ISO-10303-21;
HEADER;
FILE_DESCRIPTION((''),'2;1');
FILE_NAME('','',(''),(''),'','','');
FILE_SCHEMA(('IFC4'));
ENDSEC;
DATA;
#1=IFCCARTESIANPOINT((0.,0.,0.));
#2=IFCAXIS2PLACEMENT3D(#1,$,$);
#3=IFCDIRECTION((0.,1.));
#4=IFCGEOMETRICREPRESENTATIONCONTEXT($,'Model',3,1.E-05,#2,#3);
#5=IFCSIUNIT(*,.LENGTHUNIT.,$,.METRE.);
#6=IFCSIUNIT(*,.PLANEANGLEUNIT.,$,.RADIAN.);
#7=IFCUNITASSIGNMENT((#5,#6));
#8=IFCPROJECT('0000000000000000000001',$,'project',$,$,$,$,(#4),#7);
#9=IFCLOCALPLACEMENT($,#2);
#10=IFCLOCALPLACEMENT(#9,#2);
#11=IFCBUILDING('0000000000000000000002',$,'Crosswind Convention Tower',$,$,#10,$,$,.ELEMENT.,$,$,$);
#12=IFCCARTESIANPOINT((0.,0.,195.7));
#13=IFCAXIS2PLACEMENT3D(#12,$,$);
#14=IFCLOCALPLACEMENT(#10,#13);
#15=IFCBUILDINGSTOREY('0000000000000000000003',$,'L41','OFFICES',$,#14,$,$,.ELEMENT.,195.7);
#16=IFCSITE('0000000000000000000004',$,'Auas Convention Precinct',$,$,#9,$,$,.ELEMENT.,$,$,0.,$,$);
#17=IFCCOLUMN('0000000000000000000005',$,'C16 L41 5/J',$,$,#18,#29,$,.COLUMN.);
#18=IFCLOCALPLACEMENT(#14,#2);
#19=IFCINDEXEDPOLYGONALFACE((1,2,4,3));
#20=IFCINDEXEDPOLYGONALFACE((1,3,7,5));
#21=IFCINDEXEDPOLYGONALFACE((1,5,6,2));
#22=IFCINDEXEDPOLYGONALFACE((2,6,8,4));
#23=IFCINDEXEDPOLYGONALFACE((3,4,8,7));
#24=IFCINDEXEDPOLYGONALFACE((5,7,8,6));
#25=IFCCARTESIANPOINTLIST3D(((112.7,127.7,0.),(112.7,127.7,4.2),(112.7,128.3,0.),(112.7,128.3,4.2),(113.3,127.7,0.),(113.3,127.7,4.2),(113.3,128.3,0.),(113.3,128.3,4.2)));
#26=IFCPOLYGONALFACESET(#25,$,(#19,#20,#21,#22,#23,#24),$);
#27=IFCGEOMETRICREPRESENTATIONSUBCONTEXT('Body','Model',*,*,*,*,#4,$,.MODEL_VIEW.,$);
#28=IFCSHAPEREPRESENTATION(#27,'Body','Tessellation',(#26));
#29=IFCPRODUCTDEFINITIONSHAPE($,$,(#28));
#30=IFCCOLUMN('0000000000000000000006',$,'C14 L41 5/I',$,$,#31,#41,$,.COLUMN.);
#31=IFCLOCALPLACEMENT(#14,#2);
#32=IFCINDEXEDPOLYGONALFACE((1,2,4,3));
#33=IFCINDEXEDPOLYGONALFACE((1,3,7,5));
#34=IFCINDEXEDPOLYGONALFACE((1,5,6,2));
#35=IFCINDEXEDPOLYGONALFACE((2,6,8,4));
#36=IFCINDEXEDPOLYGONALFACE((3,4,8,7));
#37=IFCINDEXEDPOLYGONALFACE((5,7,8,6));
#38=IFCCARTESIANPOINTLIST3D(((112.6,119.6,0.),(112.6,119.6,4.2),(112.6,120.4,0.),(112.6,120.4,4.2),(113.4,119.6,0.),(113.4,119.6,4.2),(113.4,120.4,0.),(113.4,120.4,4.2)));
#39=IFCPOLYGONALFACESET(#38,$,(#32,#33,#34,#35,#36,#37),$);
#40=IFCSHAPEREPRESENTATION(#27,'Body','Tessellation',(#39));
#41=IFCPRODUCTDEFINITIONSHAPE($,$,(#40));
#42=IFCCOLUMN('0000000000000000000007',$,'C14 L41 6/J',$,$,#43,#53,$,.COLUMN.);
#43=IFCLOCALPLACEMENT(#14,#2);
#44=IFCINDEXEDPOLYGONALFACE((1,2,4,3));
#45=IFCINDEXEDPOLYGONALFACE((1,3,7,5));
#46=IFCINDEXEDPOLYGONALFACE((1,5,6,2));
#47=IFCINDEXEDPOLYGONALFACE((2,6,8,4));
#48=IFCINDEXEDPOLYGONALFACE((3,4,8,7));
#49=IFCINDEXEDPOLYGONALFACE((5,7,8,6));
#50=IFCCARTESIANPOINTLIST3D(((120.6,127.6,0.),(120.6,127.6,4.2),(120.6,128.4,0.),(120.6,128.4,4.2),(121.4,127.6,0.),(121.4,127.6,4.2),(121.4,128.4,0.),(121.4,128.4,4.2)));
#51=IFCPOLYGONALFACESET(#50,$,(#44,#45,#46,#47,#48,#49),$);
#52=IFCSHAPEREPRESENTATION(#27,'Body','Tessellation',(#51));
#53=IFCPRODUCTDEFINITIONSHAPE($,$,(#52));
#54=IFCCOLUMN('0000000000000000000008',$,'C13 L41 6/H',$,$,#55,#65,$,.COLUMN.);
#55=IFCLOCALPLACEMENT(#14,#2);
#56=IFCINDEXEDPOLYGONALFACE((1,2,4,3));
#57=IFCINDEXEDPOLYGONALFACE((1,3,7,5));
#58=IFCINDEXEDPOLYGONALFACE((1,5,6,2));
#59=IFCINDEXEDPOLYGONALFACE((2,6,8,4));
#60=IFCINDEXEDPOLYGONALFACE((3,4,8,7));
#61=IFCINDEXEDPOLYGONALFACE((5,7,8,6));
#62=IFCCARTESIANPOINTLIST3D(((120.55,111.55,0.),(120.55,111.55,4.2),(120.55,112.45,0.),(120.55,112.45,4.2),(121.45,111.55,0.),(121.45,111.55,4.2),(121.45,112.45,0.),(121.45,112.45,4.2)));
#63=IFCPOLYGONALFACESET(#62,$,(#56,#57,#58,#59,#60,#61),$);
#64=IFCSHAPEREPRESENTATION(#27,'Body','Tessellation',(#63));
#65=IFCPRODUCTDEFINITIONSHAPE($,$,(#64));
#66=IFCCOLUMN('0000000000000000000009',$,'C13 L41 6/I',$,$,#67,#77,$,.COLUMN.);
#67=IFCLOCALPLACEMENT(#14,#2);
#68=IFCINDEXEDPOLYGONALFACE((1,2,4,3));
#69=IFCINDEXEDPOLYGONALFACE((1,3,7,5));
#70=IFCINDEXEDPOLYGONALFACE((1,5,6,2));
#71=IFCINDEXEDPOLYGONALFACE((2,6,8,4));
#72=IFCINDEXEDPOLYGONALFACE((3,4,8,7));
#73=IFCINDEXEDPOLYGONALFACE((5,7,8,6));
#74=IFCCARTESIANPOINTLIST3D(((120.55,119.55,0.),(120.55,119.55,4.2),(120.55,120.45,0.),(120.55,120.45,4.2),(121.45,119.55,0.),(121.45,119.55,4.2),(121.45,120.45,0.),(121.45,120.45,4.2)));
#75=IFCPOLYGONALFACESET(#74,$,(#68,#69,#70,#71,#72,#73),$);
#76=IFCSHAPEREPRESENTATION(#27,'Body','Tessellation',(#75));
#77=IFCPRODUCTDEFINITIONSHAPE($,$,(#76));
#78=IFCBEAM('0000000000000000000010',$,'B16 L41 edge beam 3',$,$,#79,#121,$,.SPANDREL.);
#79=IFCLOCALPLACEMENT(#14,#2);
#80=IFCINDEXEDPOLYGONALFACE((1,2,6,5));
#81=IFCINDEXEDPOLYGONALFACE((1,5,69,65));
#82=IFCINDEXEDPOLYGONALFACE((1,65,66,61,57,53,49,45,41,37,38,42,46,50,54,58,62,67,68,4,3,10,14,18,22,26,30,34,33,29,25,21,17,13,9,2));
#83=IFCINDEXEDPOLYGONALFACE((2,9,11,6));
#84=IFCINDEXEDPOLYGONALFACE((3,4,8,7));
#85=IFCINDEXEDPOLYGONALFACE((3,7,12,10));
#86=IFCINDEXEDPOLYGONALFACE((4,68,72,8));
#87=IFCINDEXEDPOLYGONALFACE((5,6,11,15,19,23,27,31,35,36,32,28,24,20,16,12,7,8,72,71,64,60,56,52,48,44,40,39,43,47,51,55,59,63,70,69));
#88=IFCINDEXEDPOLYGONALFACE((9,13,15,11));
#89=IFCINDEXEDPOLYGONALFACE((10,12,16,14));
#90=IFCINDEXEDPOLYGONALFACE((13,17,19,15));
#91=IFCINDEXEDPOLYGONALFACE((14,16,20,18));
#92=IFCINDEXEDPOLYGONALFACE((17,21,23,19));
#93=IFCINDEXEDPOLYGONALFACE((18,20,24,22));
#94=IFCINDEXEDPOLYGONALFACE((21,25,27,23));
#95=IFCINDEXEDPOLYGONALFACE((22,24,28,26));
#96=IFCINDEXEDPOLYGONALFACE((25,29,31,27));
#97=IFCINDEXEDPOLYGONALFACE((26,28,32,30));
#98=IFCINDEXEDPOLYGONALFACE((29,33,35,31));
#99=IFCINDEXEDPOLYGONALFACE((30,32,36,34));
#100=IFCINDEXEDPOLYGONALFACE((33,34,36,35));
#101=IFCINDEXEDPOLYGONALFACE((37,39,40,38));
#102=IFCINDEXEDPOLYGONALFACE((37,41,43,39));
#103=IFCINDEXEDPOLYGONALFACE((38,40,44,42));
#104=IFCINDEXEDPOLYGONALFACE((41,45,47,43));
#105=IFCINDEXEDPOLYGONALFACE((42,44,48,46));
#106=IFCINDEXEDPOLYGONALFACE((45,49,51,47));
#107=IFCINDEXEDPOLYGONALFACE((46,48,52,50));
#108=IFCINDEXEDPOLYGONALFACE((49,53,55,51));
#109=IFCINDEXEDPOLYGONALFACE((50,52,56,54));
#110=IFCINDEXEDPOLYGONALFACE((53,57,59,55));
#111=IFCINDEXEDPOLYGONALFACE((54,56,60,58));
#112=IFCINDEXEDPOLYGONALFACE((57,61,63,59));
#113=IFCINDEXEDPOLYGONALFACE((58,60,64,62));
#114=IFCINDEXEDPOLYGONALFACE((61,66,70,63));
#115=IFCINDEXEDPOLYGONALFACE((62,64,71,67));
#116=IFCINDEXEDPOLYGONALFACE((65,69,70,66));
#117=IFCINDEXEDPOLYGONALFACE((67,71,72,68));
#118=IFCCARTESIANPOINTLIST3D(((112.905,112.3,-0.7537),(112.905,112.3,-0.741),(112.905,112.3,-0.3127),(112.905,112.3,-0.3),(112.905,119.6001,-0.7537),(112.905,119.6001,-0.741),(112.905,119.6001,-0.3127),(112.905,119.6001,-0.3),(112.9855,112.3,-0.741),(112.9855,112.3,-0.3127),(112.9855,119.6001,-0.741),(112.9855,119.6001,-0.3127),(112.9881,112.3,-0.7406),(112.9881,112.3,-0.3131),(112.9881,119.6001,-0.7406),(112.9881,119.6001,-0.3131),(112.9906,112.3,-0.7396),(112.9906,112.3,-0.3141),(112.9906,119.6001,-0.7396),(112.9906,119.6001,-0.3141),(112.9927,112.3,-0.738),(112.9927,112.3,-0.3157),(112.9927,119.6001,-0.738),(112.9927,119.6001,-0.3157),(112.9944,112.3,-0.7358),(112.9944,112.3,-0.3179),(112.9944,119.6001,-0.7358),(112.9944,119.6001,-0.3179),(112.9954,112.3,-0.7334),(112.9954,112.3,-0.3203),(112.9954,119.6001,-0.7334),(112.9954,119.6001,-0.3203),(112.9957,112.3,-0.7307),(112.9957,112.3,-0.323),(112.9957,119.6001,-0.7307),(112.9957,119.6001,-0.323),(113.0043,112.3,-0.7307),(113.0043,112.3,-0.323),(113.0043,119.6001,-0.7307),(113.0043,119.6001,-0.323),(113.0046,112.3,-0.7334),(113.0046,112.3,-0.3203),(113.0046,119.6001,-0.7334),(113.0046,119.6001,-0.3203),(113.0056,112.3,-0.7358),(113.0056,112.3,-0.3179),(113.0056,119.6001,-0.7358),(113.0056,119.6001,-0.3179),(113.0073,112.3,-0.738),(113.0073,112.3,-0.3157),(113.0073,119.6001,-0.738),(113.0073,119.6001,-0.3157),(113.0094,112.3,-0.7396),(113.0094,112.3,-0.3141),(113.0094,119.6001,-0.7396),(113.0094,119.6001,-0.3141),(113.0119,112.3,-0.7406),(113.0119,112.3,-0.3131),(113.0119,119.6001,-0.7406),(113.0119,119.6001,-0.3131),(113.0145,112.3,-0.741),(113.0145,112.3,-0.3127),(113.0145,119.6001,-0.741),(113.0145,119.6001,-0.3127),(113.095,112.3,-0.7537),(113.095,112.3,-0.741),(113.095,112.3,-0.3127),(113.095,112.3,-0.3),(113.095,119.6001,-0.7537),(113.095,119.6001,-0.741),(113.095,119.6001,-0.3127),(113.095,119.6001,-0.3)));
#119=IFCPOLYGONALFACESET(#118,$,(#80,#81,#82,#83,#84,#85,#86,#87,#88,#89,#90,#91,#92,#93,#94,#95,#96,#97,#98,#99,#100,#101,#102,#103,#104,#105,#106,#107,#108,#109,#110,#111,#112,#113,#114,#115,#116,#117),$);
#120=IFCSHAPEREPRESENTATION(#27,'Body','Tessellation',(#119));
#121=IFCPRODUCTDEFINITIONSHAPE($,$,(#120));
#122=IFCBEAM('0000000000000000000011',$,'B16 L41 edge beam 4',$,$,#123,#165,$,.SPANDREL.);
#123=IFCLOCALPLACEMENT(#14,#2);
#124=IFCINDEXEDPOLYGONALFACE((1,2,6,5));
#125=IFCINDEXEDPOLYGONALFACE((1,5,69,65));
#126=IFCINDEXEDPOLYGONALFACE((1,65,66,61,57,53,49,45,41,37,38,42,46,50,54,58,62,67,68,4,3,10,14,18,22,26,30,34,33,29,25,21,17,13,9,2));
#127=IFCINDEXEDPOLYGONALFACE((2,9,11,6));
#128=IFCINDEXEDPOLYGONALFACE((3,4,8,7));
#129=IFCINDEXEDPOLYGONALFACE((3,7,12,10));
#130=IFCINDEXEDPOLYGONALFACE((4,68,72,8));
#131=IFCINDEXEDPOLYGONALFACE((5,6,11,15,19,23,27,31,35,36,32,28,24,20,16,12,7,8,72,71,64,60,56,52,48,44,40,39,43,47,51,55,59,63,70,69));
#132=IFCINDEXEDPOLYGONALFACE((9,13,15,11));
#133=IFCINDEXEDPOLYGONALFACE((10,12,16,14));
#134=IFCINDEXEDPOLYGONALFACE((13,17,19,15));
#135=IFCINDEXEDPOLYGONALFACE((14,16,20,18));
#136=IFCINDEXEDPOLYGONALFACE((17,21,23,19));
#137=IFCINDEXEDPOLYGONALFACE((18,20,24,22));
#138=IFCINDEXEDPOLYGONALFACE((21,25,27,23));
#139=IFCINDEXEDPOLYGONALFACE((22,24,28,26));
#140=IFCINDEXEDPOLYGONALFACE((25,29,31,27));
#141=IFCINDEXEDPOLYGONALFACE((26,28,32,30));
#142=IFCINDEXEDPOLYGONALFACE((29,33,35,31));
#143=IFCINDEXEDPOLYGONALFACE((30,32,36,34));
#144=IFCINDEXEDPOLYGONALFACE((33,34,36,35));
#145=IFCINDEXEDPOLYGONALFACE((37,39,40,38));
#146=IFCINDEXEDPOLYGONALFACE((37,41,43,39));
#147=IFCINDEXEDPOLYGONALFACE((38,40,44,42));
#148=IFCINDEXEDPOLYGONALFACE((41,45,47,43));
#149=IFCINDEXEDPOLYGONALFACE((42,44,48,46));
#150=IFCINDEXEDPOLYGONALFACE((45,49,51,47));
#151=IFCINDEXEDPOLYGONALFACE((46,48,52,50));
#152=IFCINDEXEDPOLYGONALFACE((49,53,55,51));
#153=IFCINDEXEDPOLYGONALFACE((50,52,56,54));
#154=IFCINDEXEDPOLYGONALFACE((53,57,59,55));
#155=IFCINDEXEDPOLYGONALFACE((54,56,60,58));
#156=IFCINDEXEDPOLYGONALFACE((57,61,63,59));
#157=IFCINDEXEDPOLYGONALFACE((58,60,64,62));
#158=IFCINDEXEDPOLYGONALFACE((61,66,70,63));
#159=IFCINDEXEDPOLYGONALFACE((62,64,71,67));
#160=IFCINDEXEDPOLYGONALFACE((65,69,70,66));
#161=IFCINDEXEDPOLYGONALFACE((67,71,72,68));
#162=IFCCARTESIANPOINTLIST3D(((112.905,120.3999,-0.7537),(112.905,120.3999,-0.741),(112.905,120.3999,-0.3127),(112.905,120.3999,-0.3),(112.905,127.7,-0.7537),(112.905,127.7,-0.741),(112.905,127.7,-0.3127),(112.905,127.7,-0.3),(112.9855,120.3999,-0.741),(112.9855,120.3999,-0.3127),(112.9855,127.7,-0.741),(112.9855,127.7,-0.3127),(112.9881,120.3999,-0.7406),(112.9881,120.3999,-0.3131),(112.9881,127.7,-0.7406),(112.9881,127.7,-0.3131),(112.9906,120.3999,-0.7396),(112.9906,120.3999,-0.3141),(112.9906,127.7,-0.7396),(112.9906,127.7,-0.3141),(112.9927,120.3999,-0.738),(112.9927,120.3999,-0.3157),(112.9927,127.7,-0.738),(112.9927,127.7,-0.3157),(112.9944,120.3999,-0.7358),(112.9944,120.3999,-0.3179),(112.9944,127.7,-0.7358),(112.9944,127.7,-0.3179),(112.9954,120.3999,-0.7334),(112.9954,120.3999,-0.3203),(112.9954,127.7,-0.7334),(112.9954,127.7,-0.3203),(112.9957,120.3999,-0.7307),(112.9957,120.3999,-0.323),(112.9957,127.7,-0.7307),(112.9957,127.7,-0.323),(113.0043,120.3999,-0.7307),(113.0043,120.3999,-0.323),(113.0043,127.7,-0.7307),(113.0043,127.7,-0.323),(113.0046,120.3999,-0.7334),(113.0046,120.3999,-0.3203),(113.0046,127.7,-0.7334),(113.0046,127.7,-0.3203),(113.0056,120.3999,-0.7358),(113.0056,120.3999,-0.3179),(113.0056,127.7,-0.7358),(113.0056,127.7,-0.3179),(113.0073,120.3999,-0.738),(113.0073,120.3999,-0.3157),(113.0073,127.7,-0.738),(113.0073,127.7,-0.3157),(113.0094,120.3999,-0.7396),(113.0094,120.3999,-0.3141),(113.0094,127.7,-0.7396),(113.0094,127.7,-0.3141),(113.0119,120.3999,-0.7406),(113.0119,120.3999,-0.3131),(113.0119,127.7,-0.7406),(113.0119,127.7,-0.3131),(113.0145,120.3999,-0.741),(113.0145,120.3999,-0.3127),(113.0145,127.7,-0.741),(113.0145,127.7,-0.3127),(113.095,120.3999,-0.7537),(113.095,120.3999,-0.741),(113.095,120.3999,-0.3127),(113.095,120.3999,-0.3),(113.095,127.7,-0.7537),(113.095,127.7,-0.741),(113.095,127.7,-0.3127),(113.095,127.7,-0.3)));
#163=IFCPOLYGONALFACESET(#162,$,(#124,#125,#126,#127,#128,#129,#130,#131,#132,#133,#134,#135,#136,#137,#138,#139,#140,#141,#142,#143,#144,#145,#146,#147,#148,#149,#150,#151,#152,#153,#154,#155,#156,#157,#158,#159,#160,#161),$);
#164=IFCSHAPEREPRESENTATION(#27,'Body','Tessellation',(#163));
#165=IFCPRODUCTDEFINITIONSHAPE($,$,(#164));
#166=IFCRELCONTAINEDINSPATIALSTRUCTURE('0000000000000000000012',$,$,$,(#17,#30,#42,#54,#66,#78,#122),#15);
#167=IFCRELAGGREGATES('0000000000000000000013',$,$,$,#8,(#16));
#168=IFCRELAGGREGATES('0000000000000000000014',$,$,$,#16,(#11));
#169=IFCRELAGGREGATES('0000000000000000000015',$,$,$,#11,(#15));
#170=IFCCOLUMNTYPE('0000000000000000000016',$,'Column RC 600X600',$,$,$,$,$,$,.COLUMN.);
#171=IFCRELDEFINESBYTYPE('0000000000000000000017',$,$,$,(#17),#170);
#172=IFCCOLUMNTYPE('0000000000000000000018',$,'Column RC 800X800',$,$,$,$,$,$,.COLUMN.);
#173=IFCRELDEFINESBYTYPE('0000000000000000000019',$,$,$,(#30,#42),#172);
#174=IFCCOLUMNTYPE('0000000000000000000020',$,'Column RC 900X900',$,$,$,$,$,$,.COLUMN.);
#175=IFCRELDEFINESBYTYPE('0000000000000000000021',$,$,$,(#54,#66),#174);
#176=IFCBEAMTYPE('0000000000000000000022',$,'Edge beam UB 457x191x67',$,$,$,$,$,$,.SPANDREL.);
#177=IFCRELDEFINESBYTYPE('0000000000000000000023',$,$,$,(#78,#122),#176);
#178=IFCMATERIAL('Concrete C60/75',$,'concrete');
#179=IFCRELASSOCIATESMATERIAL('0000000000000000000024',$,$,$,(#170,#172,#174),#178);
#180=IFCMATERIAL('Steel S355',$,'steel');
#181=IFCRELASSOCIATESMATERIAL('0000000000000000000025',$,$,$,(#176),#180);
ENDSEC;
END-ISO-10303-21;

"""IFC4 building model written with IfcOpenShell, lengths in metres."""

from ifc_helpers import new_model, si_unit, direction, frame, origin, origin_2d, place, context, subcontext, project, spatial, rectangle, i_section, extrude, material, material_profile, profile_set, type_object, element, save


model = new_model("IFC4")

# Units and contexts
model_context = context("Model", 3, precision=1e-05, world=origin(), true_north=direction((0.0, 1.0)))
body_context = subcontext(model_context, "Body", "Model", "MODEL_VIEW")
ifc_project = project(units=[si_unit("LENGTHUNIT", "METRE"), si_unit("PLANEANGLEUNIT", "RADIAN")], contexts=[model_context])

# Site, building, storey
site_placement = place(None, origin())
site = spatial("IfcSite", under=ifc_project, at=site_placement, Name="Auas Convention Precinct", CompositionType="ELEMENT", RefElevation=0.0)
building_placement = place(site_placement, origin())
building = spatial("IfcBuilding", under=site, at=building_placement, Name="Crosswind Convention Tower", CompositionType="ELEMENT")
storey_placement = place(building_placement, frame((0.0, 0.0, 195.7)))
storey = spatial("IfcBuildingStorey", under=building, at=storey_placement, Name="L41", Description="OFFICES", CompositionType="ELEMENT", Elevation=195.7)

# Columns
ifc_material_1 = material(Name="Concrete C60/75", Category="concrete")
ifc_material_profile_1 = material_profile(ifc_material_1, rectangle(XDim=0.6001, YDim=0.6001, at=origin_2d()), Name="RC 600X600")
ifc_profile_set_1 = profile_set([ifc_material_profile_1], Name="Concrete C60/75")
column_type_1 = type_object("IfcColumnType", Name="Column RC 600X600", PredefinedType="COLUMN", material=ifc_profile_set_1)
column_placement = place(storey_placement, frame((113.0, 128.0, 0.0), z_axis=(0.0, 0.0, 1.0), x_axis=(1.0, 0.0, 0.0)))
element("IfcColumn", 1, at=column_placement, inside=storey, type_object=column_type_1, Name="C16 L41 5/J", PredefinedType="COLUMN", context=body_context, shape_type="SweptSolid", body=[
    extrude(rectangle(XDim=0.6001, YDim=0.6001, at=origin_2d()), origin(), (0.0, 0.0, 1.0), 4.2),
])
ifc_material_profile_2 = material_profile(ifc_material_1, rectangle(XDim=0.8, YDim=0.8, at=origin_2d()), Name="RC 800X800")
ifc_profile_set_2 = profile_set([ifc_material_profile_2], Name="Concrete C60/75")
column_type_2 = type_object("IfcColumnType", Name="Column RC 800X800", PredefinedType="COLUMN", material=ifc_profile_set_2)
for number, where, z_axis, x_axis, name in (
    (2, (113.0, 120.0, 0.0), (0.0, 0.0, 1.0), (1.0, 0.0, 0.0), "C14 L41 5/I"),
    (3, (121.0, 128.0, 0.0), (0.0, 0.0, 1.0), (1.0, 0.0, 0.0), "C14 L41 6/J"),
):
    element("IfcColumn", number, at=place(storey_placement, frame(where, z_axis=z_axis, x_axis=x_axis)), inside=storey, type_object=column_type_2, Name=name, PredefinedType="COLUMN", context=body_context, shape_type="SweptSolid", body=[
        extrude(rectangle(XDim=0.8, YDim=0.8, at=origin_2d()), origin(), (0.0, 0.0, 1.0), 4.2),
    ])
ifc_material_profile_3 = material_profile(ifc_material_1, rectangle(XDim=0.8999, YDim=0.8999, at=origin_2d()), Name="RC 900X900")
ifc_profile_set_3 = profile_set([ifc_material_profile_3], Name="Concrete C60/75")
column_type_3 = type_object("IfcColumnType", Name="Column RC 900X900", PredefinedType="COLUMN", material=ifc_profile_set_3)
for number, where, z_axis, x_axis, name in (
    (4, (121.0, 112.0, 0.0), (0.0, 0.0, 1.0), (1.0, 0.0, 0.0), "C13 L41 6/H"),
    (5, (121.0, 120.0, 0.0), (0.0, 0.0, 1.0), (1.0, 0.0, 0.0), "C13 L41 6/I"),
):
    element("IfcColumn", number, at=place(storey_placement, frame(where, z_axis=z_axis, x_axis=x_axis)), inside=storey, type_object=column_type_3, Name=name, PredefinedType="COLUMN", context=body_context, shape_type="SweptSolid", body=[
        extrude(rectangle(XDim=0.8999, YDim=0.8999, at=origin_2d()), origin(), (0.0, 0.0, 1.0), 4.2),
    ])

# Beams
ifc_material_2 = material(Name="Steel S355", Category="steel")
ifc_material_profile_4 = material_profile(ifc_material_2, i_section(OverallWidth=0.1899, OverallDepth=0.4536, WebThickness=0.0085, FlangeThickness=0.0127, FilletRadius=0.0103, at=origin_2d()), Name="UB 457x191x67")
ifc_profile_set_4 = profile_set([ifc_material_profile_4], Name="Steel S355")
beam_type_1 = type_object("IfcBeamType", Name="Edge beam UB 457x191x67", PredefinedType="SPANDREL", material=ifc_profile_set_4)
for number, where, z_axis, x_axis, name in (
    (6, (113.0, 112.3, -0.5269), (0.0, 1.0, 0.0), (-1.0, 0.0, 0.0), "B16 L41 edge beam 3"),
    (7, (113.0, 120.3999, -0.5269), (0.0, 1.0, 0.0), (-1.0, 0.0, 0.0), "B16 L41 edge beam 4"),
):
    element("IfcBeam", number, at=place(storey_placement, frame(where, z_axis=z_axis, x_axis=x_axis)), inside=storey, type_object=beam_type_1, Name=name, PredefinedType="SPANDREL", context=body_context, shape_type="SweptSolid", body=[
        extrude(i_section(OverallWidth=0.1899, OverallDepth=0.4536, WebThickness=0.0085, FlangeThickness=0.0127, FilletRadius=0.0103, at=origin_2d()), origin(), (0.0, 0.0, 1.0), 7.3),
    ])

save(model, "model.ifc")
